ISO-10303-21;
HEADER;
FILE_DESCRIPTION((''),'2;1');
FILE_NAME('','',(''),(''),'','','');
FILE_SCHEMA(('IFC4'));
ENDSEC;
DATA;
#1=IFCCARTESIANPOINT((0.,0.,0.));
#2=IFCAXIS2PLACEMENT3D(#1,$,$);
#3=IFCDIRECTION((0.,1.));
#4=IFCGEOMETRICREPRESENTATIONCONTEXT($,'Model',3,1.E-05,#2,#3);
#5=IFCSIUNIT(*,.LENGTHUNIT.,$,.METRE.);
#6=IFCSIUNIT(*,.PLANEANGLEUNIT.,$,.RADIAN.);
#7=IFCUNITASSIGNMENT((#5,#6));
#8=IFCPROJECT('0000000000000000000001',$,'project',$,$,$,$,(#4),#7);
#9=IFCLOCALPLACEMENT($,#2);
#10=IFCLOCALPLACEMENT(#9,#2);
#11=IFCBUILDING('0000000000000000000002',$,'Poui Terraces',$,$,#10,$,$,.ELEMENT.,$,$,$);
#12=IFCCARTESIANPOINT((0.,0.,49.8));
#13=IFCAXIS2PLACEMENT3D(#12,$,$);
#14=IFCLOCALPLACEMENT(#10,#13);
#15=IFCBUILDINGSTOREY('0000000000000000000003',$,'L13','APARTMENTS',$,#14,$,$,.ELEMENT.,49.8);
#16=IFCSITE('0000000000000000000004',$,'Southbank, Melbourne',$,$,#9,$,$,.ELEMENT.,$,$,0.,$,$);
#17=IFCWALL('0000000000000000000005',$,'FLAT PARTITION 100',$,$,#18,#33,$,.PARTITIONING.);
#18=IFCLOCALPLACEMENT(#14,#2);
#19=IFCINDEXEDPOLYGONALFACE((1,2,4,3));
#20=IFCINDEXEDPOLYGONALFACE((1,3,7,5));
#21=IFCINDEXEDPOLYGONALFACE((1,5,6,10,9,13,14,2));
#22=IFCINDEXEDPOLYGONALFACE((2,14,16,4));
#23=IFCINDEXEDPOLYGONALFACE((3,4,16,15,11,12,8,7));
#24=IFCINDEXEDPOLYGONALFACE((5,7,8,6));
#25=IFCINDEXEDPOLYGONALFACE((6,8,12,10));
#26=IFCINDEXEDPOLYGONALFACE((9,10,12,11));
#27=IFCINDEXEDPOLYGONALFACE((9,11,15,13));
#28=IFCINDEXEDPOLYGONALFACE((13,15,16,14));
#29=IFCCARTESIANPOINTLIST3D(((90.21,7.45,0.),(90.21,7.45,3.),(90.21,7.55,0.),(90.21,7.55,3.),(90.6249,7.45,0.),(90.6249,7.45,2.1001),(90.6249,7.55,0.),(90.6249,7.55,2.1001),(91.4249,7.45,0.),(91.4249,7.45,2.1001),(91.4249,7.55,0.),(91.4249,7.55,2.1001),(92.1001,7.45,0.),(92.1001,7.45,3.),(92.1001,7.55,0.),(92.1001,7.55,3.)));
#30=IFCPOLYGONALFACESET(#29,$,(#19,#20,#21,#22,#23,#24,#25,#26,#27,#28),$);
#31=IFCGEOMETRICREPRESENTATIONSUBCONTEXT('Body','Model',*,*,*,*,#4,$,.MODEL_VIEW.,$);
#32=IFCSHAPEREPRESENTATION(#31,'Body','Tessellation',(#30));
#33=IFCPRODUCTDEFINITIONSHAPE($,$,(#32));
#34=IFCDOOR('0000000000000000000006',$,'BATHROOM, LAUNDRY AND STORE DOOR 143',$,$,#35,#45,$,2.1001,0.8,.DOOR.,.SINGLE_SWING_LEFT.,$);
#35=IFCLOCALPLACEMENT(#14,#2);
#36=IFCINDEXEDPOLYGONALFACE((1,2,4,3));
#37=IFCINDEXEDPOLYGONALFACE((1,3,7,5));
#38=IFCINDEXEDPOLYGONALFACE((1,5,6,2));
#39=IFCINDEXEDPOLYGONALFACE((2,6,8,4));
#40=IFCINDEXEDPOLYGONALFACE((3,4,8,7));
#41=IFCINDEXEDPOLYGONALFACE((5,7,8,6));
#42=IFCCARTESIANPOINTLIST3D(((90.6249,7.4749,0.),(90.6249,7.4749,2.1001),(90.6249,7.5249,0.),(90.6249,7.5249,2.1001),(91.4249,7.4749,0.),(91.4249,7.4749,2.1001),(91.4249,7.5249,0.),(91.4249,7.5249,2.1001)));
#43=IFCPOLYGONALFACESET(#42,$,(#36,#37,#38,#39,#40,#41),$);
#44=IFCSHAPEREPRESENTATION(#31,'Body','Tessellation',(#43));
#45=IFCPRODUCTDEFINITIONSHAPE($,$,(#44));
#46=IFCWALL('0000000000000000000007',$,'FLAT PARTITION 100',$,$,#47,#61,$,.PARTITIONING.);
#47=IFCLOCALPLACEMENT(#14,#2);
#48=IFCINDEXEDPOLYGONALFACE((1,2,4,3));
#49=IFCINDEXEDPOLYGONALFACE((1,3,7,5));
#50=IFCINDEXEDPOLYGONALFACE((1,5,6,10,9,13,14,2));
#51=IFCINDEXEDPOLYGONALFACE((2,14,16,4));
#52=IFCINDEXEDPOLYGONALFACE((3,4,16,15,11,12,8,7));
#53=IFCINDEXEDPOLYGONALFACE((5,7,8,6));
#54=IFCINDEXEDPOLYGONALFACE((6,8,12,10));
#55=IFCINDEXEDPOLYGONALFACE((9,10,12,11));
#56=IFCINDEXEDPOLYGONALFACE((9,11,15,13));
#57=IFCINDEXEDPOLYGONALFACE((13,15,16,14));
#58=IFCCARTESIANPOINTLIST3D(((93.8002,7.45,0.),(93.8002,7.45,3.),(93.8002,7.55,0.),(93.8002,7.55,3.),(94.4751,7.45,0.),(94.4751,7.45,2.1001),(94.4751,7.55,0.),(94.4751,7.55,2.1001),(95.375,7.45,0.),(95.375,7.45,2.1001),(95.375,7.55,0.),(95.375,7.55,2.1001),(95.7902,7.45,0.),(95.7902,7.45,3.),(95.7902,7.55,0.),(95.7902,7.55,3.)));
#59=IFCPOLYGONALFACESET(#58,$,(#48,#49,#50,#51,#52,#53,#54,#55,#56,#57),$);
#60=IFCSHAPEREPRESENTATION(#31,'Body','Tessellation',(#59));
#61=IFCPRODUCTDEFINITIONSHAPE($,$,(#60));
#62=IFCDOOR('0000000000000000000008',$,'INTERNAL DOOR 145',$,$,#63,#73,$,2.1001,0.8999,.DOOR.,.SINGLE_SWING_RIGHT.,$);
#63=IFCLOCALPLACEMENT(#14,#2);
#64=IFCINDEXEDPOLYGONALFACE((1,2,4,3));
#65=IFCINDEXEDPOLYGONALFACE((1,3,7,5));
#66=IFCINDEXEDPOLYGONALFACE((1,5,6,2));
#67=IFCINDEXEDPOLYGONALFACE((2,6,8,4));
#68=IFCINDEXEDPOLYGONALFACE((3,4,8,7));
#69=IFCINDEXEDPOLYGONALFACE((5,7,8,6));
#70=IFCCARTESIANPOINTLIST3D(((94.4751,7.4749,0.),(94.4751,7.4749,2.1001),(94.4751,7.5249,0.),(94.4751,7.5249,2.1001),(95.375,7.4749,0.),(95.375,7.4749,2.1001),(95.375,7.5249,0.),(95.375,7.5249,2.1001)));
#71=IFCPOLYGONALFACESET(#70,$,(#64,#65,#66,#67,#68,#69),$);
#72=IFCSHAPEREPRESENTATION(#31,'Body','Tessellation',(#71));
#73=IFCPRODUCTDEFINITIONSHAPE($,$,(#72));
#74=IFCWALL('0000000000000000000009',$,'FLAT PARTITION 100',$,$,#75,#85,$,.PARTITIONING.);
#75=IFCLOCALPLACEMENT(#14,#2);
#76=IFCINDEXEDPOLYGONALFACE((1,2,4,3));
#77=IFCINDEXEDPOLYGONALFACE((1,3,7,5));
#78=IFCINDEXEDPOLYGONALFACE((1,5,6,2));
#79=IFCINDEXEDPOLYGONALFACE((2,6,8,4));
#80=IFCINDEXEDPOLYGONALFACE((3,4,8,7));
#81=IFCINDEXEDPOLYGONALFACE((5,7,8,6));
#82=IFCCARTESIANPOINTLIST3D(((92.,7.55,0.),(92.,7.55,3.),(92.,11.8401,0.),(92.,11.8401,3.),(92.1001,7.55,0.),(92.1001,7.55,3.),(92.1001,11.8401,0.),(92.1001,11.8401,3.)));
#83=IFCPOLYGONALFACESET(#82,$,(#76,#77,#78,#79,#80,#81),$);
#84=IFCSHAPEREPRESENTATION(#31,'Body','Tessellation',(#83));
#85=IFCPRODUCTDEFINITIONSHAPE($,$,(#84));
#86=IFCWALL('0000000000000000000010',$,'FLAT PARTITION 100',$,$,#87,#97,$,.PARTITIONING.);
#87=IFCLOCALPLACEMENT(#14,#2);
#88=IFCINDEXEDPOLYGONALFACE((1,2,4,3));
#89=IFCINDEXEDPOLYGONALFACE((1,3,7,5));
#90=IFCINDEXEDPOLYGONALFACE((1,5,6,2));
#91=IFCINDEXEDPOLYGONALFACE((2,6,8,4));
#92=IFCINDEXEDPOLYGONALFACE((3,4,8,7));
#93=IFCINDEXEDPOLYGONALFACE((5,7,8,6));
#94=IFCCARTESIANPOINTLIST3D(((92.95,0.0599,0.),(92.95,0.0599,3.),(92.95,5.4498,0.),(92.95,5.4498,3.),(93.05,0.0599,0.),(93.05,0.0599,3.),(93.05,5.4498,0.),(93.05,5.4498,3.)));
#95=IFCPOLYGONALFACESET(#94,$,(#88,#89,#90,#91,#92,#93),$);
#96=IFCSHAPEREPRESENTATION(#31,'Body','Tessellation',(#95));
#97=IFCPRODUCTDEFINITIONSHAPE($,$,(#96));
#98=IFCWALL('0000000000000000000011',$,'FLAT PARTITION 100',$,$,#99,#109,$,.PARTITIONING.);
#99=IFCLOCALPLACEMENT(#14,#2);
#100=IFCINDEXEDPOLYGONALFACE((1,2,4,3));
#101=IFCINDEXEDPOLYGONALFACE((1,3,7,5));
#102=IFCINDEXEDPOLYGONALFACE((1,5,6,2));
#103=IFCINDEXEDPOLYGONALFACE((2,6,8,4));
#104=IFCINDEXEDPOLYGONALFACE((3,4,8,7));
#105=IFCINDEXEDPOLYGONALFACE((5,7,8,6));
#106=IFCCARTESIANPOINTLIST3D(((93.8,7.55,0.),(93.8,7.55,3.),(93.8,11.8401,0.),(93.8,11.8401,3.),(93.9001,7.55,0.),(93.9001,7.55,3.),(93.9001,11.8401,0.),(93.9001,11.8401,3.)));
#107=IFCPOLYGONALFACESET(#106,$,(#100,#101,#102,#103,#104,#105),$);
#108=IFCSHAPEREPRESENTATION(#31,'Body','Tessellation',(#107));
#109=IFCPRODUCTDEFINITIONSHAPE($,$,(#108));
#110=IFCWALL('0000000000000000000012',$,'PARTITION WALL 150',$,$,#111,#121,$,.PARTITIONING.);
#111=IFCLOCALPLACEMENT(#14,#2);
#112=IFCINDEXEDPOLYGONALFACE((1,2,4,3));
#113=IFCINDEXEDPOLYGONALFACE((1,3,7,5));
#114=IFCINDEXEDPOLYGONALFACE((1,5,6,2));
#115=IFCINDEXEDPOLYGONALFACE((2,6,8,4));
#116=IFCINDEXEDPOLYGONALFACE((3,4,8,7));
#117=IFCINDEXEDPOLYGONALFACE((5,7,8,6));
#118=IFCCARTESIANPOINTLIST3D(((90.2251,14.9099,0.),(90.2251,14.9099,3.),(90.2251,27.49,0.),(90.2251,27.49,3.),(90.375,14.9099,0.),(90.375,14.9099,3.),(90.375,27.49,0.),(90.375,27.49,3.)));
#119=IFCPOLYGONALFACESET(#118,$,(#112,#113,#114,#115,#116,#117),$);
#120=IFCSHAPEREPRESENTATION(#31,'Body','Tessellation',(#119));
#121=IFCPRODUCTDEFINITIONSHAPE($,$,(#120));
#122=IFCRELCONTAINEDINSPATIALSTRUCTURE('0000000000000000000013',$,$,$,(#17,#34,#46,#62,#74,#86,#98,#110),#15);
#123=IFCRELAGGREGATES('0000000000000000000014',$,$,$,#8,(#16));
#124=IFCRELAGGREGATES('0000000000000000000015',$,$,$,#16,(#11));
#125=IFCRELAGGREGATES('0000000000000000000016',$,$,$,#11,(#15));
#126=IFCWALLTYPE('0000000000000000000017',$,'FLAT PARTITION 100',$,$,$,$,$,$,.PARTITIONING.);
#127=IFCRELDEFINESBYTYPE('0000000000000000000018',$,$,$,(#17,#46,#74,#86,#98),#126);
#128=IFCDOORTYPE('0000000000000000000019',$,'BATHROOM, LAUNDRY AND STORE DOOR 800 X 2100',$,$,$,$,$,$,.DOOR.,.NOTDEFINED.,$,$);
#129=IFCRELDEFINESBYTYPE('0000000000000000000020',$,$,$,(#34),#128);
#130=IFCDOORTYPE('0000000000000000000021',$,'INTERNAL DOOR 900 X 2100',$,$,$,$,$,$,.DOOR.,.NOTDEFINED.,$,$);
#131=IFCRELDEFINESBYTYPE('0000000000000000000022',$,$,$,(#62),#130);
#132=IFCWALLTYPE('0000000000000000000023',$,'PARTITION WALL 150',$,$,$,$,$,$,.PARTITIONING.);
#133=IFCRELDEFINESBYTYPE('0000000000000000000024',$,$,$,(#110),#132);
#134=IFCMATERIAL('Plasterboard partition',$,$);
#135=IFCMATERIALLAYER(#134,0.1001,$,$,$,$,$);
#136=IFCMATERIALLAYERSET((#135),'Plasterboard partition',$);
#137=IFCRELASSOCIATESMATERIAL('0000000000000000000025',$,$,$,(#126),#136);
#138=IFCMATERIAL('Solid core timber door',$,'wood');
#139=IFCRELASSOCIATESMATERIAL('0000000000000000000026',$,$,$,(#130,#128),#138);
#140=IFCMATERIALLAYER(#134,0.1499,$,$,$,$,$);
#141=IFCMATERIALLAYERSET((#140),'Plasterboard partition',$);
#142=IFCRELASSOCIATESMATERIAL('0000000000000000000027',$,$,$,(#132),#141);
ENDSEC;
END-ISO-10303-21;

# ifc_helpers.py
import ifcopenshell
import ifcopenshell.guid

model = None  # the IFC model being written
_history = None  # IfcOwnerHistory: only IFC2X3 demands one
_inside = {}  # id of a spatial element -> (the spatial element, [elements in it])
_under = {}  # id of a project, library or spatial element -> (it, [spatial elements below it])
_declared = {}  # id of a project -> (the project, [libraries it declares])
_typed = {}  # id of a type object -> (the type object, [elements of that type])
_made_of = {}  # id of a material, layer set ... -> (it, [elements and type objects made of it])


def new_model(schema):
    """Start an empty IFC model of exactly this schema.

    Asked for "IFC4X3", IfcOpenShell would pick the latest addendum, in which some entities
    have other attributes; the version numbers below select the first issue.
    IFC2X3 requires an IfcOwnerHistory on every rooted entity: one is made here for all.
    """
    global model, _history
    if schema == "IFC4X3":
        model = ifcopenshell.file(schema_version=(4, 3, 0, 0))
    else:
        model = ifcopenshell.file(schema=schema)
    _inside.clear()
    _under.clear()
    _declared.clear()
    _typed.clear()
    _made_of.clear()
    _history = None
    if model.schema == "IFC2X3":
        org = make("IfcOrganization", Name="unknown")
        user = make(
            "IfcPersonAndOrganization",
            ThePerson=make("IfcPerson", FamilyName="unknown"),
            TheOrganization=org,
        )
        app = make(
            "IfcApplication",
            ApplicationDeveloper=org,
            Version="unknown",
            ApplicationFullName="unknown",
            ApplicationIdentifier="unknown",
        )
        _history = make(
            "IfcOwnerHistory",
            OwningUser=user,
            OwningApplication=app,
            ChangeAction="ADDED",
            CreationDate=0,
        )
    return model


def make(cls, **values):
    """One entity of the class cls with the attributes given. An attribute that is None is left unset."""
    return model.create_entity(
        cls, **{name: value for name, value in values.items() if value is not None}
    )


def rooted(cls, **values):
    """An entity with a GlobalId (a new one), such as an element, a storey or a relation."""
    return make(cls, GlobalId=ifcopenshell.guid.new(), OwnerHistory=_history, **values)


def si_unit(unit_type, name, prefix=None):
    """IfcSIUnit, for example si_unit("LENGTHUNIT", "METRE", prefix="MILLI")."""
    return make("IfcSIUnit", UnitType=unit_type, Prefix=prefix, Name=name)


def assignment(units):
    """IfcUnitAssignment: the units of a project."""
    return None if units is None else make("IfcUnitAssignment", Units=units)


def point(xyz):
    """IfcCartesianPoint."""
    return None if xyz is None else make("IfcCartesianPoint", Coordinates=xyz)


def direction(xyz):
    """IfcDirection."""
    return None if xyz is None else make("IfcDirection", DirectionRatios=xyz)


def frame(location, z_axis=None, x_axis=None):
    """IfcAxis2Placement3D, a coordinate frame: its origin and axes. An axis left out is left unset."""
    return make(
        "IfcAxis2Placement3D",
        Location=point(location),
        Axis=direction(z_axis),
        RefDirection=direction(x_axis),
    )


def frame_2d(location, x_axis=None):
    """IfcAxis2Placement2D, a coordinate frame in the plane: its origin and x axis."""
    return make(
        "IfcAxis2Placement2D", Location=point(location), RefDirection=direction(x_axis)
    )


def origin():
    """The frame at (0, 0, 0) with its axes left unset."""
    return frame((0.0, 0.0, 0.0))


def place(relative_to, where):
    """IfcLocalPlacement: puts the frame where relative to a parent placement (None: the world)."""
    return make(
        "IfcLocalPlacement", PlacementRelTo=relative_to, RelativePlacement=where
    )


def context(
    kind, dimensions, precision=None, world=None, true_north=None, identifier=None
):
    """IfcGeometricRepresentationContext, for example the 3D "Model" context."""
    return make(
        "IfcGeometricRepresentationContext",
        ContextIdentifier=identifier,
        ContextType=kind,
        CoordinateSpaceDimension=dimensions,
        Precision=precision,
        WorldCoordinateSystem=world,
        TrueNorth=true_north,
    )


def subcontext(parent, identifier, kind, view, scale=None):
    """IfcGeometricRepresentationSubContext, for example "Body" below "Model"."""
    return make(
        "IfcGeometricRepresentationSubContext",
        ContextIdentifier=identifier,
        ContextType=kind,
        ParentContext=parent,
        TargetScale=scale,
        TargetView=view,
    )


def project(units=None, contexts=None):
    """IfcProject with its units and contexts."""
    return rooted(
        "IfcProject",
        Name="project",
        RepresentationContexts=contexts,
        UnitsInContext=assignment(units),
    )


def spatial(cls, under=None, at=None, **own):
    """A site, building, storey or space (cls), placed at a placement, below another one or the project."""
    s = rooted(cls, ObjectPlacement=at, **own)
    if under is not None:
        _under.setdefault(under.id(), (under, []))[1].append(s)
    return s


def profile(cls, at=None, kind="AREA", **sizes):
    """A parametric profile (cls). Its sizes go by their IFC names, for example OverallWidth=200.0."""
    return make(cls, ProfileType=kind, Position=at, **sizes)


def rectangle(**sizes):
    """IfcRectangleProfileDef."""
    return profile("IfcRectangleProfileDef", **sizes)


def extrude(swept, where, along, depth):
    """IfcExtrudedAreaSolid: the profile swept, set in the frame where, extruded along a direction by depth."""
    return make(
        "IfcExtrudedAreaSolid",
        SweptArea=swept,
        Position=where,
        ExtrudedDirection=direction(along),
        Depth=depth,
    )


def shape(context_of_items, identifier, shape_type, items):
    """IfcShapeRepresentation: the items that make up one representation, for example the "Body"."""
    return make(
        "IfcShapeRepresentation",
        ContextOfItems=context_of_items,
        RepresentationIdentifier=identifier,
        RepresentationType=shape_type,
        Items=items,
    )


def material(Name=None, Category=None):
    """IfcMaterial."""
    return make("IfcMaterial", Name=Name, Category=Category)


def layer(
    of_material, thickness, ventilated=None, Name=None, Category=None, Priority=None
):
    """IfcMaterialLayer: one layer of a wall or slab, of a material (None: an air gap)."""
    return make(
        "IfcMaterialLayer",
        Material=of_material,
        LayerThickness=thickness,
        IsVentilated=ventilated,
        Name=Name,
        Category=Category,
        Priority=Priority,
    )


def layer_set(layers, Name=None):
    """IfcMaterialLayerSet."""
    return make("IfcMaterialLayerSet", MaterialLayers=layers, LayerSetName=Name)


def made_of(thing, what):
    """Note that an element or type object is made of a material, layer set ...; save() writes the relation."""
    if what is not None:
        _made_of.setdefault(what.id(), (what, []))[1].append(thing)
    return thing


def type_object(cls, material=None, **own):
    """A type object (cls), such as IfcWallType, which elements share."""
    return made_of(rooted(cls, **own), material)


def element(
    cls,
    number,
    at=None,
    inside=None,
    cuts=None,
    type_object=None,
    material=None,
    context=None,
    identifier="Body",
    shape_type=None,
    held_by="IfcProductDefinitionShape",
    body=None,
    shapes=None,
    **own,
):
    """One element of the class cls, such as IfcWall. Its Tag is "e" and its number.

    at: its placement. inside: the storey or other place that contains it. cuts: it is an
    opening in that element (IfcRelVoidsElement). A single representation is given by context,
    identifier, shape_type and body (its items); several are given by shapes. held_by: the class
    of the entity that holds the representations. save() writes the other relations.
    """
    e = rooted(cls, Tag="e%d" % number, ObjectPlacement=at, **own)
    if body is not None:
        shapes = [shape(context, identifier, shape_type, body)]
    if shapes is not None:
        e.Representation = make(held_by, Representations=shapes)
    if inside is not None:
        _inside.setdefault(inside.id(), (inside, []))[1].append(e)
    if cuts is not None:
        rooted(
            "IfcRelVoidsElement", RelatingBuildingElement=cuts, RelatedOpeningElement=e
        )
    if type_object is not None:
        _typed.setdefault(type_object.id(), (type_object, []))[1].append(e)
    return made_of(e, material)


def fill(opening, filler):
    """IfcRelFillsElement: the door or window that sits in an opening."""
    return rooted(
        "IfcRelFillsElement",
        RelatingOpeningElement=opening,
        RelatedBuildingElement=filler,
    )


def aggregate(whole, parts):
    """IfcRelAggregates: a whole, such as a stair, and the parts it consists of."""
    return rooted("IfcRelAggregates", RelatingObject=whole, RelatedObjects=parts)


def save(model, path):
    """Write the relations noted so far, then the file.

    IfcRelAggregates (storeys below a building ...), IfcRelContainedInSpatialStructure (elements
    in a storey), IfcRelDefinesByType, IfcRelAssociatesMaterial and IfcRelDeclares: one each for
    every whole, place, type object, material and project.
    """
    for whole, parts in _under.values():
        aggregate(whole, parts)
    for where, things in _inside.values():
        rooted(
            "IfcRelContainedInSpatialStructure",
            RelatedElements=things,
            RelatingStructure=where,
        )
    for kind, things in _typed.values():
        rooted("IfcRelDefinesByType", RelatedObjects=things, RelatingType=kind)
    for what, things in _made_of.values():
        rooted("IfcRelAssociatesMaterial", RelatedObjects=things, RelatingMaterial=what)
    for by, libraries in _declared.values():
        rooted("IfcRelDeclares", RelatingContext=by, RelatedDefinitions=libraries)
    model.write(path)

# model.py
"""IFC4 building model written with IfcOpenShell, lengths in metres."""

from ifc_helpers import new_model, si_unit, direction, frame, frame_2d, origin, place, context, subcontext, project, spatial, rectangle, extrude, material, layer, layer_set, type_object, element, fill, save


model = new_model("IFC4")

# Units and contexts
model_context = context("Model", 3, precision=1e-05, world=origin(), true_north=direction((0.0, 1.0)))
body_context = subcontext(model_context, "Body", "Model", "MODEL_VIEW")
ifc_project = project(units=[si_unit("LENGTHUNIT", "METRE"), si_unit("PLANEANGLEUNIT", "RADIAN")], contexts=[model_context])

# Site, building, storey
site_placement = place(None, origin())
site = spatial("IfcSite", under=ifc_project, at=site_placement, Name="Southbank, Melbourne", CompositionType="ELEMENT", RefElevation=0.0)
building_placement = place(site_placement, origin())
building = spatial("IfcBuilding", under=site, at=building_placement, Name="Poui Terraces", CompositionType="ELEMENT")
storey_placement = place(building_placement, frame((0.0, 0.0, 49.8)))
storey = spatial("IfcBuildingStorey", under=building, at=storey_placement, Name="L13", Description="APARTMENTS", CompositionType="ELEMENT", Elevation=49.8)

# Shared definitions
ifc_material_1 = material(Name="Solid core timber door", Category="wood")

# Walls, openings, doors
ifc_material_2 = material(Name="Plasterboard partition")
ifc_layer_1 = layer(ifc_material_2, 0.1001)
ifc_layer_set_1 = layer_set([ifc_layer_1], Name="Plasterboard partition")
wall_type_1 = type_object("IfcWallType", Name="FLAT PARTITION 100", PredefinedType="PARTITIONING", material=ifc_layer_set_1)
door_type_1 = type_object("IfcDoorType", Name="INTERNAL DOOR 900 X 2100", OperationType="NOTDEFINED", PredefinedType="DOOR", material=ifc_material_1)
wall_1_placement = place(storey_placement, frame((90.21, 7.5, 0.0), z_axis=(0.0, 0.0, 1.0), x_axis=(1.0, 0.0, 0.0)))
wall_1 = element("IfcWall", 1, at=wall_1_placement, inside=storey, type_object=wall_type_1, Name="FLAT PARTITION 100", PredefinedType="PARTITIONING", context=body_context, shape_type="SweptSolid", body=[
    extrude(rectangle(XDim=1.8901, YDim=0.1001, at=frame_2d((0.9451, 0.0))), origin(), (0.0, 0.0, 1.0), 3.0),
])
opening_1_placement = place(wall_1_placement, frame((0.415, 0.0, 0.0)))
opening_1 = element("IfcOpeningElement", 2, at=opening_1_placement, cuts=wall_1, PredefinedType="OPENING", context=body_context, shape_type="SweptSolid", body=[
    extrude(rectangle(XDim=0.8, YDim=2.1001, at=frame_2d((0.3999, 1.05))), frame((0.0, 0.0601, 0.0), z_axis=(0.0, -1.0, 0.0), x_axis=(1.0, 0.0, 0.0)), (0.0, 0.0, 1.0), 0.1201),
])
door_type_2 = type_object("IfcDoorType", Name="BATHROOM, LAUNDRY AND STORE DOOR 800 X 2100", OperationType="NOTDEFINED", PredefinedType="DOOR", material=ifc_material_1)
door_1_placement = place(opening_1_placement, origin())
door_1 = element("IfcDoor", 3, at=door_1_placement, inside=storey, type_object=door_type_2, Name="BATHROOM, LAUNDRY AND STORE DOOR 143", OperationType="SINGLE_SWING_LEFT", OverallHeight=2.1001, OverallWidth=0.8, PredefinedType="DOOR", context=body_context, shape_type="SweptSolid", body=[
    extrude(rectangle(XDim=0.8, YDim=2.1001, at=frame_2d((0.3999, 1.05))), frame((0.0, 0.0249, 0.0), z_axis=(0.0, -1.0, 0.0), x_axis=(1.0, 0.0, 0.0)), (0.0, 0.0, 1.0), 0.05),
])
fill(opening_1, door_1)
wall_2_placement = place(storey_placement, frame((93.8, 7.5, 0.0), z_axis=(0.0, 0.0, 1.0), x_axis=(1.0, 0.0, 0.0)))
wall_2 = element("IfcWall", 4, at=wall_2_placement, inside=storey, type_object=wall_type_1, Name="FLAT PARTITION 100", PredefinedType="PARTITIONING", context=body_context, shape_type="SweptSolid", body=[
    extrude(rectangle(XDim=1.99, YDim=0.1001, at=frame_2d((0.9951, 0.0))), origin(), (0.0, 0.0, 1.0), 3.0),
])
opening_2_placement = place(wall_2_placement, frame((0.675, 0.0, 0.0)))
opening_2 = element("IfcOpeningElement", 5, at=opening_2_placement, cuts=wall_2, PredefinedType="OPENING", context=body_context, shape_type="SweptSolid", body=[
    extrude(rectangle(XDim=0.8999, YDim=2.1001, at=frame_2d((0.45, 1.05))), frame((0.0, 0.0601, 0.0), z_axis=(0.0, -1.0, 0.0), x_axis=(1.0, 0.0, 0.0)), (0.0, 0.0, 1.0), 0.1201),
])
door_2_placement = place(opening_2_placement, origin())
door_2 = element("IfcDoor", 6, at=door_2_placement, inside=storey, type_object=door_type_1, Name="INTERNAL DOOR 145", OperationType="SINGLE_SWING_RIGHT", OverallHeight=2.1001, OverallWidth=0.8999, PredefinedType="DOOR", context=body_context, shape_type="SweptSolid", body=[
    extrude(rectangle(XDim=0.8999, YDim=2.1001, at=frame_2d((0.45, 1.05))), frame((0.0, 0.0249, 0.0), z_axis=(0.0, -1.0, 0.0), x_axis=(1.0, 0.0, 0.0)), (0.0, 0.0, 1.0), 0.05),
])
fill(opening_2, door_2)

# Walls
wall_3_placement = place(storey_placement, frame((92.05, 7.55, 0.0), z_axis=(0.0, 0.0, 1.0), x_axis=(0.0, 1.0, 0.0)))
element("IfcWall", 7, at=wall_3_placement, inside=storey, type_object=wall_type_1, Name="FLAT PARTITION 100", PredefinedType="PARTITIONING", context=body_context, shape_type="SweptSolid", body=[
    extrude(rectangle(XDim=4.29, YDim=0.1001, at=frame_2d((2.145, 0.0))), origin(), (0.0, 0.0, 1.0), 3.0),
])
wall_4_placement = place(storey_placement, frame((93.0, 0.0601, 0.0), z_axis=(0.0, 0.0, 1.0), x_axis=(0.0, 1.0, 0.0)))
element("IfcWall", 8, at=wall_4_placement, inside=storey, type_object=wall_type_1, Name="FLAT PARTITION 100", PredefinedType="PARTITIONING", context=body_context, shape_type="SweptSolid", body=[
    extrude(rectangle(XDim=5.3899, YDim=0.1001, at=frame_2d((2.6948, 0.0))), origin(), (0.0, 0.0, 1.0), 3.0),
])
wall_5_placement = place(storey_placement, frame((93.8501, 7.55, 0.0), z_axis=(0.0, 0.0, 1.0), x_axis=(0.0, 1.0, 0.0)))
element("IfcWall", 9, at=wall_5_placement, inside=storey, type_object=wall_type_1, Name="FLAT PARTITION 100", PredefinedType="PARTITIONING", context=body_context, shape_type="SweptSolid", body=[
    extrude(rectangle(XDim=4.29, YDim=0.1001, at=frame_2d((2.145, 0.0))), origin(), (0.0, 0.0, 1.0), 3.0),
])
ifc_layer_2 = layer(ifc_material_2, 0.1499)
ifc_layer_set_2 = layer_set([ifc_layer_2], Name="Plasterboard partition")
wall_type_2 = type_object("IfcWallType", Name="PARTITION WALL 150", PredefinedType="PARTITIONING", material=ifc_layer_set_2)
wall_6_placement = place(storey_placement, frame((90.3, 14.9099, 0.0), z_axis=(0.0, 0.0, 1.0), x_axis=(0.0, 1.0, 0.0)))
element("IfcWall", 10, at=wall_6_placement, inside=storey, type_object=wall_type_2, Name="PARTITION WALL 150", PredefinedType="PARTITIONING", context=body_context, shape_type="SweptSolid", body=[
    extrude(rectangle(XDim=12.5801, YDim=0.1499, at=frame_2d((6.29, 0.0))), origin(), (0.0, 0.0, 1.0), 3.0),
])

save(model, "model.ifc")
